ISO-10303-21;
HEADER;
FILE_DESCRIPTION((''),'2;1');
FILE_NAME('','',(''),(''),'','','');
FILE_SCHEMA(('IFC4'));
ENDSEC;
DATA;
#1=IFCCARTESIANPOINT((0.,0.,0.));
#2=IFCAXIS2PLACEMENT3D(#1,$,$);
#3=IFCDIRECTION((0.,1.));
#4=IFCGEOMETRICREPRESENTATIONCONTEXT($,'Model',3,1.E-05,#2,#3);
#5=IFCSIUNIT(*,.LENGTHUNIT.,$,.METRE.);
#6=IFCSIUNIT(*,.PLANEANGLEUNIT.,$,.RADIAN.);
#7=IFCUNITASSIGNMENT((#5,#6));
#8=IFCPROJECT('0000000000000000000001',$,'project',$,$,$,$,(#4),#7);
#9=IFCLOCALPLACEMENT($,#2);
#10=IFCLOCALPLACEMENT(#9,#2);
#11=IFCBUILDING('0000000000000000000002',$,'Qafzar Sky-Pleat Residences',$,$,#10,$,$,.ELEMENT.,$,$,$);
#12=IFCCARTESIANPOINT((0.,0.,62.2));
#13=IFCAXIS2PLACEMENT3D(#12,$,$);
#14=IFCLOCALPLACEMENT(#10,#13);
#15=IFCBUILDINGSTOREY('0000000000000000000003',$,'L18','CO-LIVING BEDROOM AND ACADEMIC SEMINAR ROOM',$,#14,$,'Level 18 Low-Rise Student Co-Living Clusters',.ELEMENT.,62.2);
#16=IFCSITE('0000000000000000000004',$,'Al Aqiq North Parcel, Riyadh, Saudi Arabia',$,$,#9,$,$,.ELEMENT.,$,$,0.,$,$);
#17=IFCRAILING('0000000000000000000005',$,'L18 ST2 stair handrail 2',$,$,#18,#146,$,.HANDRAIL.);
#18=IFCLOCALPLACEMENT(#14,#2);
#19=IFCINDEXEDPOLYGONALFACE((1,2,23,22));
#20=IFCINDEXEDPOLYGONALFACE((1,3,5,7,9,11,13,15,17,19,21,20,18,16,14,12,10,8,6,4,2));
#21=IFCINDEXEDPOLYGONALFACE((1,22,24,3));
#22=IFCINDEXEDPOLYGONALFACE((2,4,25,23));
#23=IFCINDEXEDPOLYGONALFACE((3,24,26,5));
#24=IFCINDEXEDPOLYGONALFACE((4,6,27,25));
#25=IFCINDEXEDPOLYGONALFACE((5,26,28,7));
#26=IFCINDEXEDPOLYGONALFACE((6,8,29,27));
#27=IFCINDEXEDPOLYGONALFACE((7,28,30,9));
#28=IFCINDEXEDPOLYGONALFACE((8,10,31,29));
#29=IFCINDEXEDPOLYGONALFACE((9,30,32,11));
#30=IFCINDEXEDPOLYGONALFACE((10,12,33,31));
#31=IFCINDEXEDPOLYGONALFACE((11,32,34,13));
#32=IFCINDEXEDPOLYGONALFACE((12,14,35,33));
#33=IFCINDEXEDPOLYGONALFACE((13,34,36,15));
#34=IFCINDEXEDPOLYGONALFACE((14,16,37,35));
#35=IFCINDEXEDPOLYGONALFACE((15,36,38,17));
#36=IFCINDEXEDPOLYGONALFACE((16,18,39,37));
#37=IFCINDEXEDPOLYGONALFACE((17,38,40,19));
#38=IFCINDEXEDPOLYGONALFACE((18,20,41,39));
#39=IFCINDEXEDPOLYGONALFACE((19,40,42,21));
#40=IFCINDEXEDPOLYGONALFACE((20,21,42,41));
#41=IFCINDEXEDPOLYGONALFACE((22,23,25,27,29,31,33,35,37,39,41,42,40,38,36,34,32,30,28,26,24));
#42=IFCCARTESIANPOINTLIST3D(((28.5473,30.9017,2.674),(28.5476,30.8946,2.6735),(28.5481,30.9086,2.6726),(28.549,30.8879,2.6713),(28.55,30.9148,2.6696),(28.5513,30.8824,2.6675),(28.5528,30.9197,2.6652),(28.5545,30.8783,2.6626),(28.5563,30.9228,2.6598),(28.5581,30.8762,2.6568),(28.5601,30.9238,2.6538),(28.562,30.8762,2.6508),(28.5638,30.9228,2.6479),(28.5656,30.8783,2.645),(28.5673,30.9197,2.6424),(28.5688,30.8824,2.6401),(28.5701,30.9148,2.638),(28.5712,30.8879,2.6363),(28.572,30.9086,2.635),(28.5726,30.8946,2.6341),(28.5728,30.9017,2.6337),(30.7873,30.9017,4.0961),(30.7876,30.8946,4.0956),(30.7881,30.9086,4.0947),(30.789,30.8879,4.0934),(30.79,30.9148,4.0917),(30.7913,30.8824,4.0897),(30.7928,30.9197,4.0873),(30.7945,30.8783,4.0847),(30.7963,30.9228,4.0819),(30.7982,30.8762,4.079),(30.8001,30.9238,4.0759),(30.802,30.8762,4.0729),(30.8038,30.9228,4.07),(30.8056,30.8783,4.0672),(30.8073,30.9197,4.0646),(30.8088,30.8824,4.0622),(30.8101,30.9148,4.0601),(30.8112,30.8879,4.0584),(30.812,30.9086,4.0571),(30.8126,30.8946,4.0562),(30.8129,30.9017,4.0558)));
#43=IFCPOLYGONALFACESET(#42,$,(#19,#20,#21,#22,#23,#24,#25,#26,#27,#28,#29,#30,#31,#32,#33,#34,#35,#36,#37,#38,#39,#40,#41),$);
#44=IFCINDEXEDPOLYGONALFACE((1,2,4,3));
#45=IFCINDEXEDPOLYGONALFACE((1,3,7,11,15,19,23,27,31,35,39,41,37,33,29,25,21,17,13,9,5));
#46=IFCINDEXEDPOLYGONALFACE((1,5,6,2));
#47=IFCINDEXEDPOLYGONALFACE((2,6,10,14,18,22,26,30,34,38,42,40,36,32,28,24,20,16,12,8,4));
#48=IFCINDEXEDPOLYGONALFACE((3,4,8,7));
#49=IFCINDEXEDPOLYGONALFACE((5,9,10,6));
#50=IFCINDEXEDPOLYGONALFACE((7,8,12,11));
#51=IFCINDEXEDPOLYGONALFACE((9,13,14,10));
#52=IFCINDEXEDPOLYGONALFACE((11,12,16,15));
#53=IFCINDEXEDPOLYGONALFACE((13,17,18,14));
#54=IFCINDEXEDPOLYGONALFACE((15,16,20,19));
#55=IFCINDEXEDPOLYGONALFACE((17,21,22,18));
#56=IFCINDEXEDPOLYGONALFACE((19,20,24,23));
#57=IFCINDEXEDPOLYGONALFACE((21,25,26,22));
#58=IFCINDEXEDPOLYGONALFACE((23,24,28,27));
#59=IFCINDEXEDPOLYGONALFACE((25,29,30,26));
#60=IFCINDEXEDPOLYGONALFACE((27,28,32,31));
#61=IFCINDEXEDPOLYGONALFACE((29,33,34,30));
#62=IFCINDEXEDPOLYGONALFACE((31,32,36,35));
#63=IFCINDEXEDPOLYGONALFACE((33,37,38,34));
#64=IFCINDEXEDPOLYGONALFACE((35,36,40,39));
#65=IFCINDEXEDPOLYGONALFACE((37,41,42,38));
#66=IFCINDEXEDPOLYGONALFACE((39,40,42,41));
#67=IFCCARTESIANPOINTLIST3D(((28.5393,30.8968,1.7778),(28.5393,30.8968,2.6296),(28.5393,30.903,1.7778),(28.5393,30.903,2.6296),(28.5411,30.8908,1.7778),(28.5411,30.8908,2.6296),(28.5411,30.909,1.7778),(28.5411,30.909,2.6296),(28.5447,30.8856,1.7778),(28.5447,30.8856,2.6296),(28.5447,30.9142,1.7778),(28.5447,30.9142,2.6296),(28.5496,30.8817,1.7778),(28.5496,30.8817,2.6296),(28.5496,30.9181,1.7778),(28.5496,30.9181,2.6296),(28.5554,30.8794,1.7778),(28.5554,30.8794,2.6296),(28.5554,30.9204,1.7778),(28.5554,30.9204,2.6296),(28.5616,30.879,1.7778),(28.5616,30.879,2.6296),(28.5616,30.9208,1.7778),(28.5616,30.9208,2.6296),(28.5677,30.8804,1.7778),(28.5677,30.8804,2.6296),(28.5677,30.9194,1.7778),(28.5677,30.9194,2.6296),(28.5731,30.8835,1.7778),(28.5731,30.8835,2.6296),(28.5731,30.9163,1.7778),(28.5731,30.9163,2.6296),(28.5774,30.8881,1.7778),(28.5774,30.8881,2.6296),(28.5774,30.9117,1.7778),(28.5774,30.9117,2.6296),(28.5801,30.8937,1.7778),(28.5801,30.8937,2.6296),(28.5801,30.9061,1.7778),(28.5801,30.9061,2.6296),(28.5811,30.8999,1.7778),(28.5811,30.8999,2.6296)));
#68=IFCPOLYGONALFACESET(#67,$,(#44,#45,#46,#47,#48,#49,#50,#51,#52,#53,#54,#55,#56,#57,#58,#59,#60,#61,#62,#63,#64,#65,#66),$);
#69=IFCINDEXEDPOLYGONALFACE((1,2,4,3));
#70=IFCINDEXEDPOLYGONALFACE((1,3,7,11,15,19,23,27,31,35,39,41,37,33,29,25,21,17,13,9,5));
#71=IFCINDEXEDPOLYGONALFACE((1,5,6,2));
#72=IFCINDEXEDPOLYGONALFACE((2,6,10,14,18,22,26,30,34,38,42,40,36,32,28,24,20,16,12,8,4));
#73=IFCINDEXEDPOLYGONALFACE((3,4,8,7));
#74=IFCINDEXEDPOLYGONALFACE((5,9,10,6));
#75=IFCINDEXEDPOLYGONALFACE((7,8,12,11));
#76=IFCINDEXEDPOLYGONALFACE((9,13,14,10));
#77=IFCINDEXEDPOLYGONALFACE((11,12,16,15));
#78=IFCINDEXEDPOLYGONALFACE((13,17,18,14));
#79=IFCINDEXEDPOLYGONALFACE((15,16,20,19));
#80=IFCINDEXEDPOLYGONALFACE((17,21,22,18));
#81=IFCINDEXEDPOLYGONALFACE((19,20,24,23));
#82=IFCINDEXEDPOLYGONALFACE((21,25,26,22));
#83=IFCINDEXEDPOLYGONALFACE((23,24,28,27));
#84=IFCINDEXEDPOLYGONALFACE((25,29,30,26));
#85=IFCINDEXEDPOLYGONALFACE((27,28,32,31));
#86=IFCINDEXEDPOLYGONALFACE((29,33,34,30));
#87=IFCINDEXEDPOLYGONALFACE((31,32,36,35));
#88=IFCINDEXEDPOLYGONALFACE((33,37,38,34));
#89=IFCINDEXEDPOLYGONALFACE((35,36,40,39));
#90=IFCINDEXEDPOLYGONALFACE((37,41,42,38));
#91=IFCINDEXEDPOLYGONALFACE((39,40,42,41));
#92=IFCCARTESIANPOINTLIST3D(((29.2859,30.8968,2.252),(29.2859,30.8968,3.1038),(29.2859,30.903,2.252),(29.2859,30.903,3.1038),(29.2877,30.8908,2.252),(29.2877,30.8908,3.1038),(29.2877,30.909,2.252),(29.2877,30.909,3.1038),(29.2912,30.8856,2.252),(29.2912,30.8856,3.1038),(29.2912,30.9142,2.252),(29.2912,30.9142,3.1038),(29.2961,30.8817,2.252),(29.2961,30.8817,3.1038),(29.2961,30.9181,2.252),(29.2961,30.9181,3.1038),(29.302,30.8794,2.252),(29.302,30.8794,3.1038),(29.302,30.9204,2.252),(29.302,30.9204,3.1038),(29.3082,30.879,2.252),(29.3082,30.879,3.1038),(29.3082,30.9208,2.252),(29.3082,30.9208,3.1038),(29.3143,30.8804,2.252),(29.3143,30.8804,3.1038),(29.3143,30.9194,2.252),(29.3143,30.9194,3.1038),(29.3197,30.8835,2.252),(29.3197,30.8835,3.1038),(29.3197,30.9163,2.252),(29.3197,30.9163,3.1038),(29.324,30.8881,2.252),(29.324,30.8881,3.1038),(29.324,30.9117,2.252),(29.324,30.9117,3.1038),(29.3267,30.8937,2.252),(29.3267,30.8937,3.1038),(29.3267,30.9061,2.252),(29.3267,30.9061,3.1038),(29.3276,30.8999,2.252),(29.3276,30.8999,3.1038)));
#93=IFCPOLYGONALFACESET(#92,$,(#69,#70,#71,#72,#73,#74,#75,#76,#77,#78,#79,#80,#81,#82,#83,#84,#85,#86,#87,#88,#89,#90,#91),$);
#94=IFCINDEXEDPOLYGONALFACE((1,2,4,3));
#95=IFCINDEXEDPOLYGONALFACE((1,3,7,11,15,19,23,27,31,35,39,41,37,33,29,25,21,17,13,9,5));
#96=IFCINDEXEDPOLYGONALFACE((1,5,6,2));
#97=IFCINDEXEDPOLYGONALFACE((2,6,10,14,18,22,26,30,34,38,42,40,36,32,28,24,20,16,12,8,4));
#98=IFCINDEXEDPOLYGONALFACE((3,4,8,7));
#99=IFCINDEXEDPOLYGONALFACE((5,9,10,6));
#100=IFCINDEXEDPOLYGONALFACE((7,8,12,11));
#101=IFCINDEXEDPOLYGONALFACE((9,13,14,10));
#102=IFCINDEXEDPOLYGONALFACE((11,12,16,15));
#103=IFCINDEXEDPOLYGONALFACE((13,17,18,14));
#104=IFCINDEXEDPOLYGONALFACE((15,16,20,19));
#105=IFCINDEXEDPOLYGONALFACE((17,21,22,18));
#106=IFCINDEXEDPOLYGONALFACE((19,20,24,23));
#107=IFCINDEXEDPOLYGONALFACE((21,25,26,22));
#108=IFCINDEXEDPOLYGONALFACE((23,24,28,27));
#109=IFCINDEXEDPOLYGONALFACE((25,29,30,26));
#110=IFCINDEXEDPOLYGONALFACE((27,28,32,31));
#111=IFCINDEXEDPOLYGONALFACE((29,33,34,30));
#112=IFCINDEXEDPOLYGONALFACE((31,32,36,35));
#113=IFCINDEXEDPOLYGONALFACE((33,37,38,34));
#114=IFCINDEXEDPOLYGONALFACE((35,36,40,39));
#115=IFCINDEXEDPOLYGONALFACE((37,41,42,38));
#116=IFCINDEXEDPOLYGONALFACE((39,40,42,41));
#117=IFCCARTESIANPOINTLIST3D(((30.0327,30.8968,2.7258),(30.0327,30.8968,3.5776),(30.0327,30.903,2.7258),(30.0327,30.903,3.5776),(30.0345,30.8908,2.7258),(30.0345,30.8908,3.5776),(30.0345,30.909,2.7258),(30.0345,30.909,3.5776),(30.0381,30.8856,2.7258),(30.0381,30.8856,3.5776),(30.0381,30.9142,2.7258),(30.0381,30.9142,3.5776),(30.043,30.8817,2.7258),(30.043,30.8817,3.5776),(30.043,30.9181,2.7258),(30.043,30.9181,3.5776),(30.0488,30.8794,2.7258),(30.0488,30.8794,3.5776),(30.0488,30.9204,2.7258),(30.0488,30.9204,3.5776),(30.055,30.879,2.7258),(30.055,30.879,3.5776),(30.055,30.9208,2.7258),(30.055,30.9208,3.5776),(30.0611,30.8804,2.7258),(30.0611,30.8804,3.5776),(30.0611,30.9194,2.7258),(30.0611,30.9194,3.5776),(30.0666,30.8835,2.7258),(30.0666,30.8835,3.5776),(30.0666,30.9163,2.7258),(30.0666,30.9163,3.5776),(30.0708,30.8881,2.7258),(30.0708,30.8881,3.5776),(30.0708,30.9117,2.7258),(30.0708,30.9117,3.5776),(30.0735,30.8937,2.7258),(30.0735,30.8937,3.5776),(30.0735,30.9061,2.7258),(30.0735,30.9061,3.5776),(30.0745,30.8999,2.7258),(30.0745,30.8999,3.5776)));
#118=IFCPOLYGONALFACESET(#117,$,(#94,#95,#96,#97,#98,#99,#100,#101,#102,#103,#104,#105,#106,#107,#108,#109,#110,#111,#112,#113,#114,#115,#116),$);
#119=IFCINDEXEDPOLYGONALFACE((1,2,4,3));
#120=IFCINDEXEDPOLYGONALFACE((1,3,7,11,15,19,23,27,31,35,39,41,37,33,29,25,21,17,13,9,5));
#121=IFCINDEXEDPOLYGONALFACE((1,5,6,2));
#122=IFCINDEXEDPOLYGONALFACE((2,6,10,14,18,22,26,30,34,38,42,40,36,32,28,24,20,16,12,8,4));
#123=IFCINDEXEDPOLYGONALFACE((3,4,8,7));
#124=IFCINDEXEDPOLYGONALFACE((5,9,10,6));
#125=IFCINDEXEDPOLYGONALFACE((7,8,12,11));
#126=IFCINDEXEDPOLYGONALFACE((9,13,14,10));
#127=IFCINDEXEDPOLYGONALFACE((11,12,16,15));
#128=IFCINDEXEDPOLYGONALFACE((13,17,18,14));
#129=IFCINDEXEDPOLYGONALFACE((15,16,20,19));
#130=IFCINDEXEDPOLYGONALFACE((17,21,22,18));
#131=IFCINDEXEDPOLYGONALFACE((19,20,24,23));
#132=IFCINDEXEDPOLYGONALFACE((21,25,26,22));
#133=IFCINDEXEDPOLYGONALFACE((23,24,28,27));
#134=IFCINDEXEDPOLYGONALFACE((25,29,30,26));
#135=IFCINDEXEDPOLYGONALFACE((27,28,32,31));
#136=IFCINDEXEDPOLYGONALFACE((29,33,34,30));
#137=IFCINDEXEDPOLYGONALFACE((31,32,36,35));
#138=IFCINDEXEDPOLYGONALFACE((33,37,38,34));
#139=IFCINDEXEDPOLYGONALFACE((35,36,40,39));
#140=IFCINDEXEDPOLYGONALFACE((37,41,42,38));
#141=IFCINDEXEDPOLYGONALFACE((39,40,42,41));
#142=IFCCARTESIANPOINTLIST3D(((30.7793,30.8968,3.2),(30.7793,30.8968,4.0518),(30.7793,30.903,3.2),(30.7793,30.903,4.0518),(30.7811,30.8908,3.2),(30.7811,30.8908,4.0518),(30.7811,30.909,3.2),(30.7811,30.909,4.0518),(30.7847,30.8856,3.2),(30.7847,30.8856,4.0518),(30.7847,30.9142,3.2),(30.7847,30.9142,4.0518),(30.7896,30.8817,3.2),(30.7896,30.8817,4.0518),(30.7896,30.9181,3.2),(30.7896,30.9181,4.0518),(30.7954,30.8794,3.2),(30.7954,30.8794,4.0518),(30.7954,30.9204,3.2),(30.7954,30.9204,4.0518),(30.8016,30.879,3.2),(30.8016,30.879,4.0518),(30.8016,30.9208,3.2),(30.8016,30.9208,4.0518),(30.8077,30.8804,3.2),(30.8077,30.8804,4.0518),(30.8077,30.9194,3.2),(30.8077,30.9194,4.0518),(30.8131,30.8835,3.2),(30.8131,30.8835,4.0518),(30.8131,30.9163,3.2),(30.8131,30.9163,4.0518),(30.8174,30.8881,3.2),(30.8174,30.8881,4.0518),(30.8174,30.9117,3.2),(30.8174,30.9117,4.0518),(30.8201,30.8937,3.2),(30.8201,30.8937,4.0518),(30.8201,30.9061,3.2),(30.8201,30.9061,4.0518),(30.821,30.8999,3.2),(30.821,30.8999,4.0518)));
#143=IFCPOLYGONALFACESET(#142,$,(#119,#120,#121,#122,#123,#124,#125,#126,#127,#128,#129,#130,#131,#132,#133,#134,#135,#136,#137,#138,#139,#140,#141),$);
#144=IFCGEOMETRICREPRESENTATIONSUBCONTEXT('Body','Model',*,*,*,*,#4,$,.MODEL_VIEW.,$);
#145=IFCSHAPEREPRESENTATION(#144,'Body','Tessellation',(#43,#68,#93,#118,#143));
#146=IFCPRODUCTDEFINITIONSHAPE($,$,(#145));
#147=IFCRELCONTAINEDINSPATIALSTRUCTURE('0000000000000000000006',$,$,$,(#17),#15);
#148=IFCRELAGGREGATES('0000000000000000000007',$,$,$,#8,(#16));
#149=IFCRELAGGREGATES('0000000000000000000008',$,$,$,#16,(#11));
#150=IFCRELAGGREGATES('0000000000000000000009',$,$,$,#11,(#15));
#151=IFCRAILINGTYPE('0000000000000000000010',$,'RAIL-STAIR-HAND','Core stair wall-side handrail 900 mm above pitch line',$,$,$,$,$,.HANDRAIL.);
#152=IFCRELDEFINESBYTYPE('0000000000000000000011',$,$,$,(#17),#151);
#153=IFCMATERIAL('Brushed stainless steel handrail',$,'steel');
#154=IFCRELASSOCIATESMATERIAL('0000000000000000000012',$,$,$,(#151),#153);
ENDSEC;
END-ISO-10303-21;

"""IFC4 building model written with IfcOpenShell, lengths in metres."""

from ifc_helpers import new_model, si_unit, direction, frame, origin, origin_2d, place, context, subcontext, project, spatial, circle, extrude, source, transform, mapped, material, type_object, element, save


model = new_model("IFC4")

# Units and contexts
model_context = context("Model", 3, precision=1e-05, world=origin(), true_north=direction((0.0, 1.0)))
body_context = subcontext(model_context, "Body", "Model", "MODEL_VIEW")
ifc_project = project(units=[si_unit("LENGTHUNIT", "METRE"), si_unit("PLANEANGLEUNIT", "RADIAN")], contexts=[model_context])

# Site, building, storey
site_placement = place(None, origin())
site = spatial("IfcSite", under=ifc_project, at=site_placement, Name="Al Aqiq North Parcel, Riyadh, Saudi Arabia", CompositionType="ELEMENT", RefElevation=0.0)
building_placement = place(site_placement, origin())
building = spatial("IfcBuilding", under=site, at=building_placement, Name="Qafzar Sky-Pleat Residences", CompositionType="ELEMENT")
storey_placement = place(building_placement, frame((0.0, 0.0, 62.2)))
storey = spatial("IfcBuildingStorey", under=building, at=storey_placement, Name="L18", Description="CO-LIVING BEDROOM AND ACADEMIC SEMINAR ROOM", LongName="Level 18 Low-Rise Student Co-Living Clusters", CompositionType="ELEMENT", Elevation=62.2)

# Railing
ifc_material_1 = material(Name="Brushed stainless steel handrail", Category="steel")
railing_type_1 = type_object("IfcRailingType", Name="RAIL-STAIR-HAND", Description="Core stair wall-side handrail 900 mm above pitch line", PredefinedType="HANDRAIL", material=ifc_material_1)
shared_shape_1 = source(origin(), body_context, "Body", "SweptSolid", [
    extrude(circle(Radius=0.0239, at=origin_2d()), frame((0.0, 0.0, 0.876), z_axis=(0.844229, 0.0, 0.535982), x_axis=(0.0, 1.0, 0.0)), (0.0, 0.0, 1.0), 2.6533),
    extrude(circle(Radius=0.021, at=origin_2d()), origin(), (0.0, 0.0, 1.0), 0.8518),
    extrude(circle(Radius=0.021, at=origin_2d()), frame((0.7466, 0.0, 0.4741)), (0.0, 0.0, 1.0), 0.8518),
    extrude(circle(Radius=0.021, at=origin_2d()), frame((1.4934, 0.0, 0.948)), (0.0, 0.0, 1.0), 0.8518),
    extrude(circle(Radius=0.021, at=origin_2d()), frame((2.24, 0.0, 1.4221)), (0.0, 0.0, 1.0), 0.8518),
])
railing_1_placement = place(storey_placement, frame((28.5601, 30.8999, 1.7778)))
element("IfcRailing", 1, at=railing_1_placement, inside=storey, type_object=railing_type_1, Name="L18 ST2 stair handrail 2", PredefinedType="HANDRAIL", context=body_context, shape_type="MappedRepresentation", body=[
    mapped(shared_shape_1, transform((0.0, 0.0, 0.0), x_axis=(1.0, 0.0, 0.0), y_axis=(0.0, 1.0, 0.0), z_axis=(0.0, 0.0, 1.0), scale=1.0)),
])

save(model, "model.ifc")
